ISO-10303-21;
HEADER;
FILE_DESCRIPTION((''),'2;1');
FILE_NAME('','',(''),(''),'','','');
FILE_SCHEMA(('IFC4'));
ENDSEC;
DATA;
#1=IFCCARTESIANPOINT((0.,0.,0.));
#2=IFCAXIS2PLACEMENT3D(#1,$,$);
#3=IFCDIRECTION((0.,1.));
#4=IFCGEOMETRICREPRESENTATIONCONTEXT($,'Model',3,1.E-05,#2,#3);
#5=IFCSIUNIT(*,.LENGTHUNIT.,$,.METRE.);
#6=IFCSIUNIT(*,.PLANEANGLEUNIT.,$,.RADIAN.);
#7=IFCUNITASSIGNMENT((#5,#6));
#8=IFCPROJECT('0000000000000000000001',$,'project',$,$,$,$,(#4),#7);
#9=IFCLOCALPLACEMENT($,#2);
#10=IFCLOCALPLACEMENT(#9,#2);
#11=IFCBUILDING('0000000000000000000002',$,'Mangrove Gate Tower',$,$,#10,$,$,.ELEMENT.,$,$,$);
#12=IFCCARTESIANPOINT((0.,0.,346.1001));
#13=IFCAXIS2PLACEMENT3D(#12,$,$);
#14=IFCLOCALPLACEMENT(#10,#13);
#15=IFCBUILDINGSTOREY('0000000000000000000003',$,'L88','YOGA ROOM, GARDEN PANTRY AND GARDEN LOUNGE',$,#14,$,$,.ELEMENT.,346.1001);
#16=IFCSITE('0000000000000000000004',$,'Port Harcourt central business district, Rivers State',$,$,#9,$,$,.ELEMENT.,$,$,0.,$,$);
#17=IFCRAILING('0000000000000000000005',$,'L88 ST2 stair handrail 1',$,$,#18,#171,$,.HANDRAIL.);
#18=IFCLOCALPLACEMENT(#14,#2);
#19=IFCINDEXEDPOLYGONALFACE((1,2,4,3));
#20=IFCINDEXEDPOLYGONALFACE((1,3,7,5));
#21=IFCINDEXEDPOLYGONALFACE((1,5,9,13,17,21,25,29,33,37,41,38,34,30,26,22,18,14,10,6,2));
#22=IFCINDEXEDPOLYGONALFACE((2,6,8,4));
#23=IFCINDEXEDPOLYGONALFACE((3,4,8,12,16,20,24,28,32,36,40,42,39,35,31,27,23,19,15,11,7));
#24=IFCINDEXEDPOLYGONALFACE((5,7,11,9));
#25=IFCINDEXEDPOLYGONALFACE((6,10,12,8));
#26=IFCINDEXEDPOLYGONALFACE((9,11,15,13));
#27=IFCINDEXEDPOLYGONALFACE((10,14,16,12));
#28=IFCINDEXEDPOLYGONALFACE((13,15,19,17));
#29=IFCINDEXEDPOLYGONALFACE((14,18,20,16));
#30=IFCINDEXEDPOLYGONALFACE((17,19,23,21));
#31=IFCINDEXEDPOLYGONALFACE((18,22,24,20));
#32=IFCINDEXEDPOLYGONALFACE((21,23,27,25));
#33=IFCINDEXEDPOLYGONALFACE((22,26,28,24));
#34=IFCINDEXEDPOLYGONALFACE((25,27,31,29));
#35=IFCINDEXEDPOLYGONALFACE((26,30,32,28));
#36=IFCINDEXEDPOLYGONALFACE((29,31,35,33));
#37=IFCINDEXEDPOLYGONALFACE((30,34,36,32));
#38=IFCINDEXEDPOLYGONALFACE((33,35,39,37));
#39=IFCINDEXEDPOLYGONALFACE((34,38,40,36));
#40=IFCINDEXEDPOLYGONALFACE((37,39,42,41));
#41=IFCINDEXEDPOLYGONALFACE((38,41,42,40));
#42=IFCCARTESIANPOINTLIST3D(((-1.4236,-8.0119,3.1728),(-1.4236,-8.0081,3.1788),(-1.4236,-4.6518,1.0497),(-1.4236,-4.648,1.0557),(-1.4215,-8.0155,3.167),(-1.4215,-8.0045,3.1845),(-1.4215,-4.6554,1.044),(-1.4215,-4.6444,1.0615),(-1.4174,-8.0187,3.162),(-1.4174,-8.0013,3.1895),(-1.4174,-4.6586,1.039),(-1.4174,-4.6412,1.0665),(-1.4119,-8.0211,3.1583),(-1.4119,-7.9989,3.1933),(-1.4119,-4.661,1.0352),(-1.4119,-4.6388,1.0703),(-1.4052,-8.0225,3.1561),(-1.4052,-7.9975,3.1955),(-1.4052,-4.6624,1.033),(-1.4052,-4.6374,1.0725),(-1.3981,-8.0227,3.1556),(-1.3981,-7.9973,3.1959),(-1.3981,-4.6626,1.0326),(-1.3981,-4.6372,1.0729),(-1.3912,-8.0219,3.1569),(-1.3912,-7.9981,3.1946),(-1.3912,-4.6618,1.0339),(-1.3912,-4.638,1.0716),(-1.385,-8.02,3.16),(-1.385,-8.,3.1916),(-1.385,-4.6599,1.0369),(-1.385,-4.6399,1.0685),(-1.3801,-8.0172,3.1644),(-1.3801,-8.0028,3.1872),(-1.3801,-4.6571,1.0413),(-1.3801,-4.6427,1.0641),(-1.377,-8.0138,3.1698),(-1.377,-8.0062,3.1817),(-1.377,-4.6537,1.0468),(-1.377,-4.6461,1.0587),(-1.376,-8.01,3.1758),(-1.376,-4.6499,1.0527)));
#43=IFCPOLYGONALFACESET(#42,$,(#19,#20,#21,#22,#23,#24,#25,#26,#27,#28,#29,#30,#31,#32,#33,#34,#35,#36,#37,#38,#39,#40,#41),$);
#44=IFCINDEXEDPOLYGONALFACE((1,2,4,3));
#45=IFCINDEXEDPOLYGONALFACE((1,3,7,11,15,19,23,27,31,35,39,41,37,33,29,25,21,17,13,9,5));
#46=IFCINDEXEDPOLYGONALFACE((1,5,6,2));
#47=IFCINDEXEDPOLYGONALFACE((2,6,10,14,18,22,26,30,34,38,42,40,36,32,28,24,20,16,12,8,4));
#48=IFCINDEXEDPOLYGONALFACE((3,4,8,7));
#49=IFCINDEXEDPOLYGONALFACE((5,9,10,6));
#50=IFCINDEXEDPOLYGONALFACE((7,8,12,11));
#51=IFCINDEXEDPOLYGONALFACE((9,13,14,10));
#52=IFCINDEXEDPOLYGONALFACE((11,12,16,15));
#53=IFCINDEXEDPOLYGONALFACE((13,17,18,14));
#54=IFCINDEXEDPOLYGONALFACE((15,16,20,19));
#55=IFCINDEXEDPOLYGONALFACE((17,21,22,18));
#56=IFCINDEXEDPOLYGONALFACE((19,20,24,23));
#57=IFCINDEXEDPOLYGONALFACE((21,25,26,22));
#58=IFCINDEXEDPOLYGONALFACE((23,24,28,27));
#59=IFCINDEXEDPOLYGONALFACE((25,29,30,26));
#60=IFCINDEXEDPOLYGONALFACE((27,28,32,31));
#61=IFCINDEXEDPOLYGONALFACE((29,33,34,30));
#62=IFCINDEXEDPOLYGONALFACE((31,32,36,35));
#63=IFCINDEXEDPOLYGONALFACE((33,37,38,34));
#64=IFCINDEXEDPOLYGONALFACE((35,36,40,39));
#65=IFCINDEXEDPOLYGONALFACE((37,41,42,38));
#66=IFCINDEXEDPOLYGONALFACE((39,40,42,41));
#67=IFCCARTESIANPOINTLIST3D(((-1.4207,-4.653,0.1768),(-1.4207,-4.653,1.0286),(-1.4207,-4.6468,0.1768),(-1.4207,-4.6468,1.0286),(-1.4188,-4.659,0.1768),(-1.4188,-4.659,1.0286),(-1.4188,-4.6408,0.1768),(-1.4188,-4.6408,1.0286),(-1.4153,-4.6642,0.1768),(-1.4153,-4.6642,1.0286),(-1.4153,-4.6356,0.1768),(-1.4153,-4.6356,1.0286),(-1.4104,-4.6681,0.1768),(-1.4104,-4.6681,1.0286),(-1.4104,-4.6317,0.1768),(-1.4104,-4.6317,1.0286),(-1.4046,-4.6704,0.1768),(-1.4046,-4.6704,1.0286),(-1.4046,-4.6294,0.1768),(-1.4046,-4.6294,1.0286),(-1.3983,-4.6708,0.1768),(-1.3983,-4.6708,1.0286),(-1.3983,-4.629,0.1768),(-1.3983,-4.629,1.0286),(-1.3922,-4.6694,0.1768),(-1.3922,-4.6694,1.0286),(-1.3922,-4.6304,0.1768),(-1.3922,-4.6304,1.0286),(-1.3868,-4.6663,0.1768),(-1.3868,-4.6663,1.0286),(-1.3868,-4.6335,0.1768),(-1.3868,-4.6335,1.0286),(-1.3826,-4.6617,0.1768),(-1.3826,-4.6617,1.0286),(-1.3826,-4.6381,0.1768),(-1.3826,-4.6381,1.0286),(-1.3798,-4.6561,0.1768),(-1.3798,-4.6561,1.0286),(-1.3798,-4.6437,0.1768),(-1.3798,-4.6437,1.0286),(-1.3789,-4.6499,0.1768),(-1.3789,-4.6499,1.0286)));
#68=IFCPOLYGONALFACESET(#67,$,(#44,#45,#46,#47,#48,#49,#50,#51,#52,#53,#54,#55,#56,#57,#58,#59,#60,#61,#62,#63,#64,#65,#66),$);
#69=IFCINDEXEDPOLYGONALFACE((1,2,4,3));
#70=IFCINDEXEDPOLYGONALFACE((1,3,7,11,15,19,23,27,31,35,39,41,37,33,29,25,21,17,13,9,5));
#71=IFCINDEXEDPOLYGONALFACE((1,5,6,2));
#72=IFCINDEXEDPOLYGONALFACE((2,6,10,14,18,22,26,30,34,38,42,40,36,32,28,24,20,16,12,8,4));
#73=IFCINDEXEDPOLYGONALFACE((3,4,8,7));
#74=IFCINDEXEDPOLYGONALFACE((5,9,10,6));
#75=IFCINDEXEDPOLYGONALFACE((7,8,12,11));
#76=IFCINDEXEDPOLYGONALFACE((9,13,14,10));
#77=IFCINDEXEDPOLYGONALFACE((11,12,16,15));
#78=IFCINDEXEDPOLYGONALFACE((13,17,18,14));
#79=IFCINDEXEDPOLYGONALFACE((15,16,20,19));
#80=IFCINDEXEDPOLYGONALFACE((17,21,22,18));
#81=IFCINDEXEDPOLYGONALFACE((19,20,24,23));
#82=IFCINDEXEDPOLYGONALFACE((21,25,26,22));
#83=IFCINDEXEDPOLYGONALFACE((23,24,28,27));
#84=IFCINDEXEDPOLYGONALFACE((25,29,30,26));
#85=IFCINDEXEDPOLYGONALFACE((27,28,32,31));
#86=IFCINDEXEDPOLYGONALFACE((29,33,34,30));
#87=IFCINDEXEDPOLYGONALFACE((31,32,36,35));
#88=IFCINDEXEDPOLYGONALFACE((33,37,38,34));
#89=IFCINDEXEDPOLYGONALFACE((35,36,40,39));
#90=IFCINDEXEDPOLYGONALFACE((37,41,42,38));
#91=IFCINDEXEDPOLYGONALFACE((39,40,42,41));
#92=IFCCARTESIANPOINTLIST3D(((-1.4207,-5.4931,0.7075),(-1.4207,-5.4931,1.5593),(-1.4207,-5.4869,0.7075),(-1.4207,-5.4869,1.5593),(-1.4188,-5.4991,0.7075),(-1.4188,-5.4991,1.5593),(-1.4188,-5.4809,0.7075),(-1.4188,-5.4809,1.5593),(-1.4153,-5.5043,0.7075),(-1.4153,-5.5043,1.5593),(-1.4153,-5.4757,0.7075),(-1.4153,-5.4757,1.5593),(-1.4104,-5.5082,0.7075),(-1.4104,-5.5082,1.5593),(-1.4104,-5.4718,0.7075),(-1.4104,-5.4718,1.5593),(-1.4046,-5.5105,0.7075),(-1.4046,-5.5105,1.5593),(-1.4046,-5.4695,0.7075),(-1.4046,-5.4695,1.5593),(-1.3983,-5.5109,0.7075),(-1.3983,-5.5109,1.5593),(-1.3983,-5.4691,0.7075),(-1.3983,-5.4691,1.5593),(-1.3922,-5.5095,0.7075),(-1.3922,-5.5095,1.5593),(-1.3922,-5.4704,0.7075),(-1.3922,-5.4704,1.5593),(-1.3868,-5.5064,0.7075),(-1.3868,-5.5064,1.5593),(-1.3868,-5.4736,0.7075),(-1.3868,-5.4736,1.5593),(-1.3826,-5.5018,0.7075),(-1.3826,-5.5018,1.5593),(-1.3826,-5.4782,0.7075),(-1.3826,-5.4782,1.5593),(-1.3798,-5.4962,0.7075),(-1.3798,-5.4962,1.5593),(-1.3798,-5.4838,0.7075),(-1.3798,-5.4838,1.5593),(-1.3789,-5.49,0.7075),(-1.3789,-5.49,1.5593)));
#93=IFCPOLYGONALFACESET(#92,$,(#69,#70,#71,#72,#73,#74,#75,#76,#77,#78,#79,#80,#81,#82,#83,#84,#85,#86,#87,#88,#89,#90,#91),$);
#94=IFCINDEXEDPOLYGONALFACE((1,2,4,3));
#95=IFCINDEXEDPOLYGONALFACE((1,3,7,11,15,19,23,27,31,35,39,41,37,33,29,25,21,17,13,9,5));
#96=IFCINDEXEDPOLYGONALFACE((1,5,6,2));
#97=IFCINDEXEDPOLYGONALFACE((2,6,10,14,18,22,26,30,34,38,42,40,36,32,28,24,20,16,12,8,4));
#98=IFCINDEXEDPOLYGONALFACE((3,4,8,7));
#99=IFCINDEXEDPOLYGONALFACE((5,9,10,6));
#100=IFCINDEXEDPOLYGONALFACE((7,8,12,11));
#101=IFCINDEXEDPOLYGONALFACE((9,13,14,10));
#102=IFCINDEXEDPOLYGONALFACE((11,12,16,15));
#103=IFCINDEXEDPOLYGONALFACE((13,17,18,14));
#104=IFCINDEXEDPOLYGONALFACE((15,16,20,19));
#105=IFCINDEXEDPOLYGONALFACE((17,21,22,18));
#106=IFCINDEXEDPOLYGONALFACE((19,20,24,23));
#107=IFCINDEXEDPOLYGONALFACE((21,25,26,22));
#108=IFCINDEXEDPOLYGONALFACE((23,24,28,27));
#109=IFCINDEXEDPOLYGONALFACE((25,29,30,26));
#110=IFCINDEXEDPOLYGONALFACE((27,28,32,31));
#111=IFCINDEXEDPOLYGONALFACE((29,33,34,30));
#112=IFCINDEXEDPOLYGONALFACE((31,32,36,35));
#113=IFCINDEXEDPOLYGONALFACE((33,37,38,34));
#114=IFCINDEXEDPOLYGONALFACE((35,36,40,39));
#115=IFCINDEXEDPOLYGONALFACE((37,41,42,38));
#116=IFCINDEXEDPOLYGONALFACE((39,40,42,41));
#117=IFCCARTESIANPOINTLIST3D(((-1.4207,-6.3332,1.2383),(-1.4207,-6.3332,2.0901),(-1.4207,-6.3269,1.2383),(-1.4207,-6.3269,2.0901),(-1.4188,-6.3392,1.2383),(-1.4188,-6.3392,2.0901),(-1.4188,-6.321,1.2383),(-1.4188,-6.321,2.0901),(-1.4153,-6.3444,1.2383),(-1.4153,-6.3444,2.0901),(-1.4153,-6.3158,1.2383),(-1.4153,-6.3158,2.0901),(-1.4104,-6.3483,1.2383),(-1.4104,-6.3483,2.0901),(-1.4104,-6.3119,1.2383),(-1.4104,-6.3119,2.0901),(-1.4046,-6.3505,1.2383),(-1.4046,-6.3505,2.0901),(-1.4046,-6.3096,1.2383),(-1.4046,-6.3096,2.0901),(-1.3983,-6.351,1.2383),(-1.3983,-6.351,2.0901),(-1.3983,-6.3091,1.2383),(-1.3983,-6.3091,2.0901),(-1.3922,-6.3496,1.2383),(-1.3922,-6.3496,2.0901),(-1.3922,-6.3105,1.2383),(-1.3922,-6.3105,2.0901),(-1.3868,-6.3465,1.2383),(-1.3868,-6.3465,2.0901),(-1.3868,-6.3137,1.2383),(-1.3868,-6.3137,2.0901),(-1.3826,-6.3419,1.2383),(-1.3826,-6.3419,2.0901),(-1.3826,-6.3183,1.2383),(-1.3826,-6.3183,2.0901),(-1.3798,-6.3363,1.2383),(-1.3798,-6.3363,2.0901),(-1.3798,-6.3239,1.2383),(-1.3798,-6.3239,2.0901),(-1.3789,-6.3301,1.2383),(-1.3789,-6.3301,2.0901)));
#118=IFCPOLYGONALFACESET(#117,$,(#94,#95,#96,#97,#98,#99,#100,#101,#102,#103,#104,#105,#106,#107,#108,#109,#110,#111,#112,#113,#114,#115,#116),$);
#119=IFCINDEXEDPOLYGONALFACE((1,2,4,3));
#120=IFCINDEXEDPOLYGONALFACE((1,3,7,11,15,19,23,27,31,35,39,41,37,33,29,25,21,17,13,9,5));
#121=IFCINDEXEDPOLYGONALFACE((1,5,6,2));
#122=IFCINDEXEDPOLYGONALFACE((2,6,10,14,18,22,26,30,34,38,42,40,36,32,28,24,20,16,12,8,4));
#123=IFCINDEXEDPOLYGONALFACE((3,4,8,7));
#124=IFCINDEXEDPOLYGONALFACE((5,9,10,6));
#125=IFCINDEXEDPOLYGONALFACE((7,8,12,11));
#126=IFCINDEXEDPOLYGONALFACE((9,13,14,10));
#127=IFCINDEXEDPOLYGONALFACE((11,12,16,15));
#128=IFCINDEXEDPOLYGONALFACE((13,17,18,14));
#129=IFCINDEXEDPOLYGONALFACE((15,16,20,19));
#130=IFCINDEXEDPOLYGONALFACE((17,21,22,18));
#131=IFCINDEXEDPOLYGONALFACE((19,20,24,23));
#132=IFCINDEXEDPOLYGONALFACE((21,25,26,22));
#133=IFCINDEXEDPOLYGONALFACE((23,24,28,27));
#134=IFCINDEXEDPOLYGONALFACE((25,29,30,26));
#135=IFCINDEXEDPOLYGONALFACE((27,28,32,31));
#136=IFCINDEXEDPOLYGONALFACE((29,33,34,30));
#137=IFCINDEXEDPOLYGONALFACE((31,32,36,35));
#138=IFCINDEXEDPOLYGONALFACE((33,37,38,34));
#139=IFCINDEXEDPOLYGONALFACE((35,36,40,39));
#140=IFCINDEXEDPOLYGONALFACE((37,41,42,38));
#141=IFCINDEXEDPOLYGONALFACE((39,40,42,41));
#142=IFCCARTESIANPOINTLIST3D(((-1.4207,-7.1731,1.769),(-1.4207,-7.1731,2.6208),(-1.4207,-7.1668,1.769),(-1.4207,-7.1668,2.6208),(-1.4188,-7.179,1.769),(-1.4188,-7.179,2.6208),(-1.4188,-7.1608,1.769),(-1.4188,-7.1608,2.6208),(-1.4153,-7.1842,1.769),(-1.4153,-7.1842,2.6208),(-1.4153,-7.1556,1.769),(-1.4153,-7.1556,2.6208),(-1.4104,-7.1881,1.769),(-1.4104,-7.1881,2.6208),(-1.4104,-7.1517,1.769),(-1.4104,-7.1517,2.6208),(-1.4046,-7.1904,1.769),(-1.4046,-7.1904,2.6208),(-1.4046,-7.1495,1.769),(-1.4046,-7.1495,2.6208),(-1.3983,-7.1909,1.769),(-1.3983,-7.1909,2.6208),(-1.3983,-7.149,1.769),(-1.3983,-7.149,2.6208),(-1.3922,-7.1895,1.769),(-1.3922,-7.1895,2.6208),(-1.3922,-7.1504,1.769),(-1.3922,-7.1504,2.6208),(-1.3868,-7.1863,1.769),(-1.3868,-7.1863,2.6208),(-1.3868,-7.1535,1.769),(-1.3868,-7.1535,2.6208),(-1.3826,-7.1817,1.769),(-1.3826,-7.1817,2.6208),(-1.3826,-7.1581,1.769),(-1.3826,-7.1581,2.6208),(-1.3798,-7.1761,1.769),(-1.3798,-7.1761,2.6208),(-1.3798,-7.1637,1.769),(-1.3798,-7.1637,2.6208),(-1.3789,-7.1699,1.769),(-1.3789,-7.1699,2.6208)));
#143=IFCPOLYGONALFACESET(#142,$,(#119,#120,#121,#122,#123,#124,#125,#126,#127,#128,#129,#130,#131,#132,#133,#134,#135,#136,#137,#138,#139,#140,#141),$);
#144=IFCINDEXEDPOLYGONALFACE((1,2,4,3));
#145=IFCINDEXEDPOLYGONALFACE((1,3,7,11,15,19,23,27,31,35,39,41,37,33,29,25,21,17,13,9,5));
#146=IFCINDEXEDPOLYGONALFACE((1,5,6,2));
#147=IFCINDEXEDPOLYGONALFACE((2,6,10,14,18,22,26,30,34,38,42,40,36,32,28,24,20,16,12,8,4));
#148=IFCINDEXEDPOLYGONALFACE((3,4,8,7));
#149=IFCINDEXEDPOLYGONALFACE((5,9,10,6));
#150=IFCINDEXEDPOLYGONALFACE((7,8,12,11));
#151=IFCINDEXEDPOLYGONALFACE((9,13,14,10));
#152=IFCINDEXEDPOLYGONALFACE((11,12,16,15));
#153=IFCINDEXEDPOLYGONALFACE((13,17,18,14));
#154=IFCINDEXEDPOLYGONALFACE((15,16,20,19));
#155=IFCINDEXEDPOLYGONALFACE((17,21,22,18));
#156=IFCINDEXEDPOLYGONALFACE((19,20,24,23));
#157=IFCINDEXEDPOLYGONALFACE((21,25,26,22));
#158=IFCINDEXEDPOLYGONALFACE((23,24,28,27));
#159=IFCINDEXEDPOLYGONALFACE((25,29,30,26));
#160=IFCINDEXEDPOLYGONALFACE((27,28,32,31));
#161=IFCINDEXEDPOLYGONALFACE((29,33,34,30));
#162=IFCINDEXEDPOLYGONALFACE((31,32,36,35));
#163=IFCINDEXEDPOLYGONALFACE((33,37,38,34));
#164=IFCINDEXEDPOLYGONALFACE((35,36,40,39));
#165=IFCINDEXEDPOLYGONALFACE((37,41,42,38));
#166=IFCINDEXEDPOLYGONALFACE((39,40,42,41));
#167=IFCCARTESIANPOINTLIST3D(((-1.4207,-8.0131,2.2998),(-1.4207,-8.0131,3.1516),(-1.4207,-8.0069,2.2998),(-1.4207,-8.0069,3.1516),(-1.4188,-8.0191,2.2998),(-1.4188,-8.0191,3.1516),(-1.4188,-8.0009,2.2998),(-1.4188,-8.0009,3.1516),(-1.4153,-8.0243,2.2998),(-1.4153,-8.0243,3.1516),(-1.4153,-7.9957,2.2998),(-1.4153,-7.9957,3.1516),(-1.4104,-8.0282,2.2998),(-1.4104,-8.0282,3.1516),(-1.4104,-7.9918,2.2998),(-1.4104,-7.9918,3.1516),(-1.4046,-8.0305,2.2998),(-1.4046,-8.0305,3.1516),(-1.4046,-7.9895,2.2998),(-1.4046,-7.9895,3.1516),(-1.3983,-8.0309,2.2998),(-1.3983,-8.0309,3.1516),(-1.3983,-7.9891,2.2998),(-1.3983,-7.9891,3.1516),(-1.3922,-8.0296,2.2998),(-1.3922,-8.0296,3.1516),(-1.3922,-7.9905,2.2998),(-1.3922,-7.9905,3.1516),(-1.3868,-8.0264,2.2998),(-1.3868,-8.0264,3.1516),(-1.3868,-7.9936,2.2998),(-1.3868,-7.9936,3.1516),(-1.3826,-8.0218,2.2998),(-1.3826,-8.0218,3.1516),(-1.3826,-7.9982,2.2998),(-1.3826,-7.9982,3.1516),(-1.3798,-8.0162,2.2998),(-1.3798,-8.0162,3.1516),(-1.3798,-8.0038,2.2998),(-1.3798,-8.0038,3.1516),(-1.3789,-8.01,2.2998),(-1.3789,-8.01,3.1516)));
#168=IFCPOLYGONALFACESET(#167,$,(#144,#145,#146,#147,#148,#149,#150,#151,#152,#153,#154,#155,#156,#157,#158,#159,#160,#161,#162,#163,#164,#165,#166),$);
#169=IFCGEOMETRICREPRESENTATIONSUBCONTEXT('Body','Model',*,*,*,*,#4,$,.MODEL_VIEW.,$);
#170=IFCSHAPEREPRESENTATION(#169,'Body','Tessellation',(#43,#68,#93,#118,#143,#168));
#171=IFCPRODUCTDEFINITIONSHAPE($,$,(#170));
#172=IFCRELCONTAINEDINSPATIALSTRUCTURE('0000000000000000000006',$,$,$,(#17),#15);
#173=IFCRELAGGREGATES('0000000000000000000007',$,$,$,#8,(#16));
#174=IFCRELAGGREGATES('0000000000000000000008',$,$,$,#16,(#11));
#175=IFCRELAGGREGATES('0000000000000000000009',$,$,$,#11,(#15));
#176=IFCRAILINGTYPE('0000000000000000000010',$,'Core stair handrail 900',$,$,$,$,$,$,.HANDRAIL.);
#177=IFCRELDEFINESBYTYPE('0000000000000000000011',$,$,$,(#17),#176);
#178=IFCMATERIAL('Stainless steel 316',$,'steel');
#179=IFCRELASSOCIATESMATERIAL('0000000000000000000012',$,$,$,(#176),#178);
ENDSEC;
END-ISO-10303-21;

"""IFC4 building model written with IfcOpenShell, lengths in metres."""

from ifc_helpers import new_model, si_unit, direction, frame, origin, origin_2d, place, context, subcontext, project, spatial, circle, extrude, material, type_object, element, save


model = new_model("IFC4")

# Units and contexts
model_context = context("Model", 3, precision=1e-05, world=origin(), true_north=direction((0.0, 1.0)))
body_context = subcontext(model_context, "Body", "Model", "MODEL_VIEW")
ifc_project = project(units=[si_unit("LENGTHUNIT", "METRE"), si_unit("PLANEANGLEUNIT", "RADIAN")], contexts=[model_context])

# Site, building, storey
site_placement = place(None, origin())
site = spatial("IfcSite", under=ifc_project, at=site_placement, Name="Port Harcourt central business district, Rivers State", CompositionType="ELEMENT", RefElevation=0.0)
building_placement = place(site_placement, origin())
building = spatial("IfcBuilding", under=site, at=building_placement, Name="Mangrove Gate Tower", CompositionType="ELEMENT")
storey_placement = place(building_placement, frame((0.0, 0.0, 346.1001)))
storey = spatial("IfcBuildingStorey", under=building, at=storey_placement, Name="L88", Description="YOGA ROOM, GARDEN PANTRY AND GARDEN LOUNGE", CompositionType="ELEMENT", Elevation=346.1001)

# Railing
ifc_material_1 = material(Name="Stainless steel 316", Category="steel")
railing_type_1 = type_object("IfcRailingType", Name="Core stair handrail 900", PredefinedType="HANDRAIL", material=ifc_material_1)
railing_1_placement = place(storey_placement, frame((-1.3999, -4.6499, 0.1768)))
element("IfcRailing", 1, at=railing_1_placement, inside=storey, type_object=railing_type_1, Name="L88 ST2 stair handrail 1", PredefinedType="HANDRAIL", context=body_context, shape_type="SweptSolid", body=[
    extrude(circle(Radius=0.0239, at=origin_2d()), frame((0.0, 0.0, 0.876), z_axis=(0.0, -0.84539, 0.53415), x_axis=(1.0, 0.0, 0.0)), (0.0, 0.0, 1.0), 3.9746),
    extrude(circle(Radius=0.021, at=origin_2d()), origin(), (0.0, 0.0, 1.0), 0.8518),
    extrude(circle(Radius=0.021, at=origin_2d()), frame((0.0, -0.8401, 0.5308)), (0.0, 0.0, 1.0), 0.8518),
    extrude(circle(Radius=0.021, at=origin_2d()), frame((0.0, -1.6802, 1.0615)), (0.0, 0.0, 1.0), 0.8518),
    extrude(circle(Radius=0.021, at=origin_2d()), frame((0.0, -2.52, 1.5923)), (0.0, 0.0, 1.0), 0.8518),
    extrude(circle(Radius=0.021, at=origin_2d()), frame((0.0, -3.3601, 2.123)), (0.0, 0.0, 1.0), 0.8518),
])

save(model, "model.ifc")
